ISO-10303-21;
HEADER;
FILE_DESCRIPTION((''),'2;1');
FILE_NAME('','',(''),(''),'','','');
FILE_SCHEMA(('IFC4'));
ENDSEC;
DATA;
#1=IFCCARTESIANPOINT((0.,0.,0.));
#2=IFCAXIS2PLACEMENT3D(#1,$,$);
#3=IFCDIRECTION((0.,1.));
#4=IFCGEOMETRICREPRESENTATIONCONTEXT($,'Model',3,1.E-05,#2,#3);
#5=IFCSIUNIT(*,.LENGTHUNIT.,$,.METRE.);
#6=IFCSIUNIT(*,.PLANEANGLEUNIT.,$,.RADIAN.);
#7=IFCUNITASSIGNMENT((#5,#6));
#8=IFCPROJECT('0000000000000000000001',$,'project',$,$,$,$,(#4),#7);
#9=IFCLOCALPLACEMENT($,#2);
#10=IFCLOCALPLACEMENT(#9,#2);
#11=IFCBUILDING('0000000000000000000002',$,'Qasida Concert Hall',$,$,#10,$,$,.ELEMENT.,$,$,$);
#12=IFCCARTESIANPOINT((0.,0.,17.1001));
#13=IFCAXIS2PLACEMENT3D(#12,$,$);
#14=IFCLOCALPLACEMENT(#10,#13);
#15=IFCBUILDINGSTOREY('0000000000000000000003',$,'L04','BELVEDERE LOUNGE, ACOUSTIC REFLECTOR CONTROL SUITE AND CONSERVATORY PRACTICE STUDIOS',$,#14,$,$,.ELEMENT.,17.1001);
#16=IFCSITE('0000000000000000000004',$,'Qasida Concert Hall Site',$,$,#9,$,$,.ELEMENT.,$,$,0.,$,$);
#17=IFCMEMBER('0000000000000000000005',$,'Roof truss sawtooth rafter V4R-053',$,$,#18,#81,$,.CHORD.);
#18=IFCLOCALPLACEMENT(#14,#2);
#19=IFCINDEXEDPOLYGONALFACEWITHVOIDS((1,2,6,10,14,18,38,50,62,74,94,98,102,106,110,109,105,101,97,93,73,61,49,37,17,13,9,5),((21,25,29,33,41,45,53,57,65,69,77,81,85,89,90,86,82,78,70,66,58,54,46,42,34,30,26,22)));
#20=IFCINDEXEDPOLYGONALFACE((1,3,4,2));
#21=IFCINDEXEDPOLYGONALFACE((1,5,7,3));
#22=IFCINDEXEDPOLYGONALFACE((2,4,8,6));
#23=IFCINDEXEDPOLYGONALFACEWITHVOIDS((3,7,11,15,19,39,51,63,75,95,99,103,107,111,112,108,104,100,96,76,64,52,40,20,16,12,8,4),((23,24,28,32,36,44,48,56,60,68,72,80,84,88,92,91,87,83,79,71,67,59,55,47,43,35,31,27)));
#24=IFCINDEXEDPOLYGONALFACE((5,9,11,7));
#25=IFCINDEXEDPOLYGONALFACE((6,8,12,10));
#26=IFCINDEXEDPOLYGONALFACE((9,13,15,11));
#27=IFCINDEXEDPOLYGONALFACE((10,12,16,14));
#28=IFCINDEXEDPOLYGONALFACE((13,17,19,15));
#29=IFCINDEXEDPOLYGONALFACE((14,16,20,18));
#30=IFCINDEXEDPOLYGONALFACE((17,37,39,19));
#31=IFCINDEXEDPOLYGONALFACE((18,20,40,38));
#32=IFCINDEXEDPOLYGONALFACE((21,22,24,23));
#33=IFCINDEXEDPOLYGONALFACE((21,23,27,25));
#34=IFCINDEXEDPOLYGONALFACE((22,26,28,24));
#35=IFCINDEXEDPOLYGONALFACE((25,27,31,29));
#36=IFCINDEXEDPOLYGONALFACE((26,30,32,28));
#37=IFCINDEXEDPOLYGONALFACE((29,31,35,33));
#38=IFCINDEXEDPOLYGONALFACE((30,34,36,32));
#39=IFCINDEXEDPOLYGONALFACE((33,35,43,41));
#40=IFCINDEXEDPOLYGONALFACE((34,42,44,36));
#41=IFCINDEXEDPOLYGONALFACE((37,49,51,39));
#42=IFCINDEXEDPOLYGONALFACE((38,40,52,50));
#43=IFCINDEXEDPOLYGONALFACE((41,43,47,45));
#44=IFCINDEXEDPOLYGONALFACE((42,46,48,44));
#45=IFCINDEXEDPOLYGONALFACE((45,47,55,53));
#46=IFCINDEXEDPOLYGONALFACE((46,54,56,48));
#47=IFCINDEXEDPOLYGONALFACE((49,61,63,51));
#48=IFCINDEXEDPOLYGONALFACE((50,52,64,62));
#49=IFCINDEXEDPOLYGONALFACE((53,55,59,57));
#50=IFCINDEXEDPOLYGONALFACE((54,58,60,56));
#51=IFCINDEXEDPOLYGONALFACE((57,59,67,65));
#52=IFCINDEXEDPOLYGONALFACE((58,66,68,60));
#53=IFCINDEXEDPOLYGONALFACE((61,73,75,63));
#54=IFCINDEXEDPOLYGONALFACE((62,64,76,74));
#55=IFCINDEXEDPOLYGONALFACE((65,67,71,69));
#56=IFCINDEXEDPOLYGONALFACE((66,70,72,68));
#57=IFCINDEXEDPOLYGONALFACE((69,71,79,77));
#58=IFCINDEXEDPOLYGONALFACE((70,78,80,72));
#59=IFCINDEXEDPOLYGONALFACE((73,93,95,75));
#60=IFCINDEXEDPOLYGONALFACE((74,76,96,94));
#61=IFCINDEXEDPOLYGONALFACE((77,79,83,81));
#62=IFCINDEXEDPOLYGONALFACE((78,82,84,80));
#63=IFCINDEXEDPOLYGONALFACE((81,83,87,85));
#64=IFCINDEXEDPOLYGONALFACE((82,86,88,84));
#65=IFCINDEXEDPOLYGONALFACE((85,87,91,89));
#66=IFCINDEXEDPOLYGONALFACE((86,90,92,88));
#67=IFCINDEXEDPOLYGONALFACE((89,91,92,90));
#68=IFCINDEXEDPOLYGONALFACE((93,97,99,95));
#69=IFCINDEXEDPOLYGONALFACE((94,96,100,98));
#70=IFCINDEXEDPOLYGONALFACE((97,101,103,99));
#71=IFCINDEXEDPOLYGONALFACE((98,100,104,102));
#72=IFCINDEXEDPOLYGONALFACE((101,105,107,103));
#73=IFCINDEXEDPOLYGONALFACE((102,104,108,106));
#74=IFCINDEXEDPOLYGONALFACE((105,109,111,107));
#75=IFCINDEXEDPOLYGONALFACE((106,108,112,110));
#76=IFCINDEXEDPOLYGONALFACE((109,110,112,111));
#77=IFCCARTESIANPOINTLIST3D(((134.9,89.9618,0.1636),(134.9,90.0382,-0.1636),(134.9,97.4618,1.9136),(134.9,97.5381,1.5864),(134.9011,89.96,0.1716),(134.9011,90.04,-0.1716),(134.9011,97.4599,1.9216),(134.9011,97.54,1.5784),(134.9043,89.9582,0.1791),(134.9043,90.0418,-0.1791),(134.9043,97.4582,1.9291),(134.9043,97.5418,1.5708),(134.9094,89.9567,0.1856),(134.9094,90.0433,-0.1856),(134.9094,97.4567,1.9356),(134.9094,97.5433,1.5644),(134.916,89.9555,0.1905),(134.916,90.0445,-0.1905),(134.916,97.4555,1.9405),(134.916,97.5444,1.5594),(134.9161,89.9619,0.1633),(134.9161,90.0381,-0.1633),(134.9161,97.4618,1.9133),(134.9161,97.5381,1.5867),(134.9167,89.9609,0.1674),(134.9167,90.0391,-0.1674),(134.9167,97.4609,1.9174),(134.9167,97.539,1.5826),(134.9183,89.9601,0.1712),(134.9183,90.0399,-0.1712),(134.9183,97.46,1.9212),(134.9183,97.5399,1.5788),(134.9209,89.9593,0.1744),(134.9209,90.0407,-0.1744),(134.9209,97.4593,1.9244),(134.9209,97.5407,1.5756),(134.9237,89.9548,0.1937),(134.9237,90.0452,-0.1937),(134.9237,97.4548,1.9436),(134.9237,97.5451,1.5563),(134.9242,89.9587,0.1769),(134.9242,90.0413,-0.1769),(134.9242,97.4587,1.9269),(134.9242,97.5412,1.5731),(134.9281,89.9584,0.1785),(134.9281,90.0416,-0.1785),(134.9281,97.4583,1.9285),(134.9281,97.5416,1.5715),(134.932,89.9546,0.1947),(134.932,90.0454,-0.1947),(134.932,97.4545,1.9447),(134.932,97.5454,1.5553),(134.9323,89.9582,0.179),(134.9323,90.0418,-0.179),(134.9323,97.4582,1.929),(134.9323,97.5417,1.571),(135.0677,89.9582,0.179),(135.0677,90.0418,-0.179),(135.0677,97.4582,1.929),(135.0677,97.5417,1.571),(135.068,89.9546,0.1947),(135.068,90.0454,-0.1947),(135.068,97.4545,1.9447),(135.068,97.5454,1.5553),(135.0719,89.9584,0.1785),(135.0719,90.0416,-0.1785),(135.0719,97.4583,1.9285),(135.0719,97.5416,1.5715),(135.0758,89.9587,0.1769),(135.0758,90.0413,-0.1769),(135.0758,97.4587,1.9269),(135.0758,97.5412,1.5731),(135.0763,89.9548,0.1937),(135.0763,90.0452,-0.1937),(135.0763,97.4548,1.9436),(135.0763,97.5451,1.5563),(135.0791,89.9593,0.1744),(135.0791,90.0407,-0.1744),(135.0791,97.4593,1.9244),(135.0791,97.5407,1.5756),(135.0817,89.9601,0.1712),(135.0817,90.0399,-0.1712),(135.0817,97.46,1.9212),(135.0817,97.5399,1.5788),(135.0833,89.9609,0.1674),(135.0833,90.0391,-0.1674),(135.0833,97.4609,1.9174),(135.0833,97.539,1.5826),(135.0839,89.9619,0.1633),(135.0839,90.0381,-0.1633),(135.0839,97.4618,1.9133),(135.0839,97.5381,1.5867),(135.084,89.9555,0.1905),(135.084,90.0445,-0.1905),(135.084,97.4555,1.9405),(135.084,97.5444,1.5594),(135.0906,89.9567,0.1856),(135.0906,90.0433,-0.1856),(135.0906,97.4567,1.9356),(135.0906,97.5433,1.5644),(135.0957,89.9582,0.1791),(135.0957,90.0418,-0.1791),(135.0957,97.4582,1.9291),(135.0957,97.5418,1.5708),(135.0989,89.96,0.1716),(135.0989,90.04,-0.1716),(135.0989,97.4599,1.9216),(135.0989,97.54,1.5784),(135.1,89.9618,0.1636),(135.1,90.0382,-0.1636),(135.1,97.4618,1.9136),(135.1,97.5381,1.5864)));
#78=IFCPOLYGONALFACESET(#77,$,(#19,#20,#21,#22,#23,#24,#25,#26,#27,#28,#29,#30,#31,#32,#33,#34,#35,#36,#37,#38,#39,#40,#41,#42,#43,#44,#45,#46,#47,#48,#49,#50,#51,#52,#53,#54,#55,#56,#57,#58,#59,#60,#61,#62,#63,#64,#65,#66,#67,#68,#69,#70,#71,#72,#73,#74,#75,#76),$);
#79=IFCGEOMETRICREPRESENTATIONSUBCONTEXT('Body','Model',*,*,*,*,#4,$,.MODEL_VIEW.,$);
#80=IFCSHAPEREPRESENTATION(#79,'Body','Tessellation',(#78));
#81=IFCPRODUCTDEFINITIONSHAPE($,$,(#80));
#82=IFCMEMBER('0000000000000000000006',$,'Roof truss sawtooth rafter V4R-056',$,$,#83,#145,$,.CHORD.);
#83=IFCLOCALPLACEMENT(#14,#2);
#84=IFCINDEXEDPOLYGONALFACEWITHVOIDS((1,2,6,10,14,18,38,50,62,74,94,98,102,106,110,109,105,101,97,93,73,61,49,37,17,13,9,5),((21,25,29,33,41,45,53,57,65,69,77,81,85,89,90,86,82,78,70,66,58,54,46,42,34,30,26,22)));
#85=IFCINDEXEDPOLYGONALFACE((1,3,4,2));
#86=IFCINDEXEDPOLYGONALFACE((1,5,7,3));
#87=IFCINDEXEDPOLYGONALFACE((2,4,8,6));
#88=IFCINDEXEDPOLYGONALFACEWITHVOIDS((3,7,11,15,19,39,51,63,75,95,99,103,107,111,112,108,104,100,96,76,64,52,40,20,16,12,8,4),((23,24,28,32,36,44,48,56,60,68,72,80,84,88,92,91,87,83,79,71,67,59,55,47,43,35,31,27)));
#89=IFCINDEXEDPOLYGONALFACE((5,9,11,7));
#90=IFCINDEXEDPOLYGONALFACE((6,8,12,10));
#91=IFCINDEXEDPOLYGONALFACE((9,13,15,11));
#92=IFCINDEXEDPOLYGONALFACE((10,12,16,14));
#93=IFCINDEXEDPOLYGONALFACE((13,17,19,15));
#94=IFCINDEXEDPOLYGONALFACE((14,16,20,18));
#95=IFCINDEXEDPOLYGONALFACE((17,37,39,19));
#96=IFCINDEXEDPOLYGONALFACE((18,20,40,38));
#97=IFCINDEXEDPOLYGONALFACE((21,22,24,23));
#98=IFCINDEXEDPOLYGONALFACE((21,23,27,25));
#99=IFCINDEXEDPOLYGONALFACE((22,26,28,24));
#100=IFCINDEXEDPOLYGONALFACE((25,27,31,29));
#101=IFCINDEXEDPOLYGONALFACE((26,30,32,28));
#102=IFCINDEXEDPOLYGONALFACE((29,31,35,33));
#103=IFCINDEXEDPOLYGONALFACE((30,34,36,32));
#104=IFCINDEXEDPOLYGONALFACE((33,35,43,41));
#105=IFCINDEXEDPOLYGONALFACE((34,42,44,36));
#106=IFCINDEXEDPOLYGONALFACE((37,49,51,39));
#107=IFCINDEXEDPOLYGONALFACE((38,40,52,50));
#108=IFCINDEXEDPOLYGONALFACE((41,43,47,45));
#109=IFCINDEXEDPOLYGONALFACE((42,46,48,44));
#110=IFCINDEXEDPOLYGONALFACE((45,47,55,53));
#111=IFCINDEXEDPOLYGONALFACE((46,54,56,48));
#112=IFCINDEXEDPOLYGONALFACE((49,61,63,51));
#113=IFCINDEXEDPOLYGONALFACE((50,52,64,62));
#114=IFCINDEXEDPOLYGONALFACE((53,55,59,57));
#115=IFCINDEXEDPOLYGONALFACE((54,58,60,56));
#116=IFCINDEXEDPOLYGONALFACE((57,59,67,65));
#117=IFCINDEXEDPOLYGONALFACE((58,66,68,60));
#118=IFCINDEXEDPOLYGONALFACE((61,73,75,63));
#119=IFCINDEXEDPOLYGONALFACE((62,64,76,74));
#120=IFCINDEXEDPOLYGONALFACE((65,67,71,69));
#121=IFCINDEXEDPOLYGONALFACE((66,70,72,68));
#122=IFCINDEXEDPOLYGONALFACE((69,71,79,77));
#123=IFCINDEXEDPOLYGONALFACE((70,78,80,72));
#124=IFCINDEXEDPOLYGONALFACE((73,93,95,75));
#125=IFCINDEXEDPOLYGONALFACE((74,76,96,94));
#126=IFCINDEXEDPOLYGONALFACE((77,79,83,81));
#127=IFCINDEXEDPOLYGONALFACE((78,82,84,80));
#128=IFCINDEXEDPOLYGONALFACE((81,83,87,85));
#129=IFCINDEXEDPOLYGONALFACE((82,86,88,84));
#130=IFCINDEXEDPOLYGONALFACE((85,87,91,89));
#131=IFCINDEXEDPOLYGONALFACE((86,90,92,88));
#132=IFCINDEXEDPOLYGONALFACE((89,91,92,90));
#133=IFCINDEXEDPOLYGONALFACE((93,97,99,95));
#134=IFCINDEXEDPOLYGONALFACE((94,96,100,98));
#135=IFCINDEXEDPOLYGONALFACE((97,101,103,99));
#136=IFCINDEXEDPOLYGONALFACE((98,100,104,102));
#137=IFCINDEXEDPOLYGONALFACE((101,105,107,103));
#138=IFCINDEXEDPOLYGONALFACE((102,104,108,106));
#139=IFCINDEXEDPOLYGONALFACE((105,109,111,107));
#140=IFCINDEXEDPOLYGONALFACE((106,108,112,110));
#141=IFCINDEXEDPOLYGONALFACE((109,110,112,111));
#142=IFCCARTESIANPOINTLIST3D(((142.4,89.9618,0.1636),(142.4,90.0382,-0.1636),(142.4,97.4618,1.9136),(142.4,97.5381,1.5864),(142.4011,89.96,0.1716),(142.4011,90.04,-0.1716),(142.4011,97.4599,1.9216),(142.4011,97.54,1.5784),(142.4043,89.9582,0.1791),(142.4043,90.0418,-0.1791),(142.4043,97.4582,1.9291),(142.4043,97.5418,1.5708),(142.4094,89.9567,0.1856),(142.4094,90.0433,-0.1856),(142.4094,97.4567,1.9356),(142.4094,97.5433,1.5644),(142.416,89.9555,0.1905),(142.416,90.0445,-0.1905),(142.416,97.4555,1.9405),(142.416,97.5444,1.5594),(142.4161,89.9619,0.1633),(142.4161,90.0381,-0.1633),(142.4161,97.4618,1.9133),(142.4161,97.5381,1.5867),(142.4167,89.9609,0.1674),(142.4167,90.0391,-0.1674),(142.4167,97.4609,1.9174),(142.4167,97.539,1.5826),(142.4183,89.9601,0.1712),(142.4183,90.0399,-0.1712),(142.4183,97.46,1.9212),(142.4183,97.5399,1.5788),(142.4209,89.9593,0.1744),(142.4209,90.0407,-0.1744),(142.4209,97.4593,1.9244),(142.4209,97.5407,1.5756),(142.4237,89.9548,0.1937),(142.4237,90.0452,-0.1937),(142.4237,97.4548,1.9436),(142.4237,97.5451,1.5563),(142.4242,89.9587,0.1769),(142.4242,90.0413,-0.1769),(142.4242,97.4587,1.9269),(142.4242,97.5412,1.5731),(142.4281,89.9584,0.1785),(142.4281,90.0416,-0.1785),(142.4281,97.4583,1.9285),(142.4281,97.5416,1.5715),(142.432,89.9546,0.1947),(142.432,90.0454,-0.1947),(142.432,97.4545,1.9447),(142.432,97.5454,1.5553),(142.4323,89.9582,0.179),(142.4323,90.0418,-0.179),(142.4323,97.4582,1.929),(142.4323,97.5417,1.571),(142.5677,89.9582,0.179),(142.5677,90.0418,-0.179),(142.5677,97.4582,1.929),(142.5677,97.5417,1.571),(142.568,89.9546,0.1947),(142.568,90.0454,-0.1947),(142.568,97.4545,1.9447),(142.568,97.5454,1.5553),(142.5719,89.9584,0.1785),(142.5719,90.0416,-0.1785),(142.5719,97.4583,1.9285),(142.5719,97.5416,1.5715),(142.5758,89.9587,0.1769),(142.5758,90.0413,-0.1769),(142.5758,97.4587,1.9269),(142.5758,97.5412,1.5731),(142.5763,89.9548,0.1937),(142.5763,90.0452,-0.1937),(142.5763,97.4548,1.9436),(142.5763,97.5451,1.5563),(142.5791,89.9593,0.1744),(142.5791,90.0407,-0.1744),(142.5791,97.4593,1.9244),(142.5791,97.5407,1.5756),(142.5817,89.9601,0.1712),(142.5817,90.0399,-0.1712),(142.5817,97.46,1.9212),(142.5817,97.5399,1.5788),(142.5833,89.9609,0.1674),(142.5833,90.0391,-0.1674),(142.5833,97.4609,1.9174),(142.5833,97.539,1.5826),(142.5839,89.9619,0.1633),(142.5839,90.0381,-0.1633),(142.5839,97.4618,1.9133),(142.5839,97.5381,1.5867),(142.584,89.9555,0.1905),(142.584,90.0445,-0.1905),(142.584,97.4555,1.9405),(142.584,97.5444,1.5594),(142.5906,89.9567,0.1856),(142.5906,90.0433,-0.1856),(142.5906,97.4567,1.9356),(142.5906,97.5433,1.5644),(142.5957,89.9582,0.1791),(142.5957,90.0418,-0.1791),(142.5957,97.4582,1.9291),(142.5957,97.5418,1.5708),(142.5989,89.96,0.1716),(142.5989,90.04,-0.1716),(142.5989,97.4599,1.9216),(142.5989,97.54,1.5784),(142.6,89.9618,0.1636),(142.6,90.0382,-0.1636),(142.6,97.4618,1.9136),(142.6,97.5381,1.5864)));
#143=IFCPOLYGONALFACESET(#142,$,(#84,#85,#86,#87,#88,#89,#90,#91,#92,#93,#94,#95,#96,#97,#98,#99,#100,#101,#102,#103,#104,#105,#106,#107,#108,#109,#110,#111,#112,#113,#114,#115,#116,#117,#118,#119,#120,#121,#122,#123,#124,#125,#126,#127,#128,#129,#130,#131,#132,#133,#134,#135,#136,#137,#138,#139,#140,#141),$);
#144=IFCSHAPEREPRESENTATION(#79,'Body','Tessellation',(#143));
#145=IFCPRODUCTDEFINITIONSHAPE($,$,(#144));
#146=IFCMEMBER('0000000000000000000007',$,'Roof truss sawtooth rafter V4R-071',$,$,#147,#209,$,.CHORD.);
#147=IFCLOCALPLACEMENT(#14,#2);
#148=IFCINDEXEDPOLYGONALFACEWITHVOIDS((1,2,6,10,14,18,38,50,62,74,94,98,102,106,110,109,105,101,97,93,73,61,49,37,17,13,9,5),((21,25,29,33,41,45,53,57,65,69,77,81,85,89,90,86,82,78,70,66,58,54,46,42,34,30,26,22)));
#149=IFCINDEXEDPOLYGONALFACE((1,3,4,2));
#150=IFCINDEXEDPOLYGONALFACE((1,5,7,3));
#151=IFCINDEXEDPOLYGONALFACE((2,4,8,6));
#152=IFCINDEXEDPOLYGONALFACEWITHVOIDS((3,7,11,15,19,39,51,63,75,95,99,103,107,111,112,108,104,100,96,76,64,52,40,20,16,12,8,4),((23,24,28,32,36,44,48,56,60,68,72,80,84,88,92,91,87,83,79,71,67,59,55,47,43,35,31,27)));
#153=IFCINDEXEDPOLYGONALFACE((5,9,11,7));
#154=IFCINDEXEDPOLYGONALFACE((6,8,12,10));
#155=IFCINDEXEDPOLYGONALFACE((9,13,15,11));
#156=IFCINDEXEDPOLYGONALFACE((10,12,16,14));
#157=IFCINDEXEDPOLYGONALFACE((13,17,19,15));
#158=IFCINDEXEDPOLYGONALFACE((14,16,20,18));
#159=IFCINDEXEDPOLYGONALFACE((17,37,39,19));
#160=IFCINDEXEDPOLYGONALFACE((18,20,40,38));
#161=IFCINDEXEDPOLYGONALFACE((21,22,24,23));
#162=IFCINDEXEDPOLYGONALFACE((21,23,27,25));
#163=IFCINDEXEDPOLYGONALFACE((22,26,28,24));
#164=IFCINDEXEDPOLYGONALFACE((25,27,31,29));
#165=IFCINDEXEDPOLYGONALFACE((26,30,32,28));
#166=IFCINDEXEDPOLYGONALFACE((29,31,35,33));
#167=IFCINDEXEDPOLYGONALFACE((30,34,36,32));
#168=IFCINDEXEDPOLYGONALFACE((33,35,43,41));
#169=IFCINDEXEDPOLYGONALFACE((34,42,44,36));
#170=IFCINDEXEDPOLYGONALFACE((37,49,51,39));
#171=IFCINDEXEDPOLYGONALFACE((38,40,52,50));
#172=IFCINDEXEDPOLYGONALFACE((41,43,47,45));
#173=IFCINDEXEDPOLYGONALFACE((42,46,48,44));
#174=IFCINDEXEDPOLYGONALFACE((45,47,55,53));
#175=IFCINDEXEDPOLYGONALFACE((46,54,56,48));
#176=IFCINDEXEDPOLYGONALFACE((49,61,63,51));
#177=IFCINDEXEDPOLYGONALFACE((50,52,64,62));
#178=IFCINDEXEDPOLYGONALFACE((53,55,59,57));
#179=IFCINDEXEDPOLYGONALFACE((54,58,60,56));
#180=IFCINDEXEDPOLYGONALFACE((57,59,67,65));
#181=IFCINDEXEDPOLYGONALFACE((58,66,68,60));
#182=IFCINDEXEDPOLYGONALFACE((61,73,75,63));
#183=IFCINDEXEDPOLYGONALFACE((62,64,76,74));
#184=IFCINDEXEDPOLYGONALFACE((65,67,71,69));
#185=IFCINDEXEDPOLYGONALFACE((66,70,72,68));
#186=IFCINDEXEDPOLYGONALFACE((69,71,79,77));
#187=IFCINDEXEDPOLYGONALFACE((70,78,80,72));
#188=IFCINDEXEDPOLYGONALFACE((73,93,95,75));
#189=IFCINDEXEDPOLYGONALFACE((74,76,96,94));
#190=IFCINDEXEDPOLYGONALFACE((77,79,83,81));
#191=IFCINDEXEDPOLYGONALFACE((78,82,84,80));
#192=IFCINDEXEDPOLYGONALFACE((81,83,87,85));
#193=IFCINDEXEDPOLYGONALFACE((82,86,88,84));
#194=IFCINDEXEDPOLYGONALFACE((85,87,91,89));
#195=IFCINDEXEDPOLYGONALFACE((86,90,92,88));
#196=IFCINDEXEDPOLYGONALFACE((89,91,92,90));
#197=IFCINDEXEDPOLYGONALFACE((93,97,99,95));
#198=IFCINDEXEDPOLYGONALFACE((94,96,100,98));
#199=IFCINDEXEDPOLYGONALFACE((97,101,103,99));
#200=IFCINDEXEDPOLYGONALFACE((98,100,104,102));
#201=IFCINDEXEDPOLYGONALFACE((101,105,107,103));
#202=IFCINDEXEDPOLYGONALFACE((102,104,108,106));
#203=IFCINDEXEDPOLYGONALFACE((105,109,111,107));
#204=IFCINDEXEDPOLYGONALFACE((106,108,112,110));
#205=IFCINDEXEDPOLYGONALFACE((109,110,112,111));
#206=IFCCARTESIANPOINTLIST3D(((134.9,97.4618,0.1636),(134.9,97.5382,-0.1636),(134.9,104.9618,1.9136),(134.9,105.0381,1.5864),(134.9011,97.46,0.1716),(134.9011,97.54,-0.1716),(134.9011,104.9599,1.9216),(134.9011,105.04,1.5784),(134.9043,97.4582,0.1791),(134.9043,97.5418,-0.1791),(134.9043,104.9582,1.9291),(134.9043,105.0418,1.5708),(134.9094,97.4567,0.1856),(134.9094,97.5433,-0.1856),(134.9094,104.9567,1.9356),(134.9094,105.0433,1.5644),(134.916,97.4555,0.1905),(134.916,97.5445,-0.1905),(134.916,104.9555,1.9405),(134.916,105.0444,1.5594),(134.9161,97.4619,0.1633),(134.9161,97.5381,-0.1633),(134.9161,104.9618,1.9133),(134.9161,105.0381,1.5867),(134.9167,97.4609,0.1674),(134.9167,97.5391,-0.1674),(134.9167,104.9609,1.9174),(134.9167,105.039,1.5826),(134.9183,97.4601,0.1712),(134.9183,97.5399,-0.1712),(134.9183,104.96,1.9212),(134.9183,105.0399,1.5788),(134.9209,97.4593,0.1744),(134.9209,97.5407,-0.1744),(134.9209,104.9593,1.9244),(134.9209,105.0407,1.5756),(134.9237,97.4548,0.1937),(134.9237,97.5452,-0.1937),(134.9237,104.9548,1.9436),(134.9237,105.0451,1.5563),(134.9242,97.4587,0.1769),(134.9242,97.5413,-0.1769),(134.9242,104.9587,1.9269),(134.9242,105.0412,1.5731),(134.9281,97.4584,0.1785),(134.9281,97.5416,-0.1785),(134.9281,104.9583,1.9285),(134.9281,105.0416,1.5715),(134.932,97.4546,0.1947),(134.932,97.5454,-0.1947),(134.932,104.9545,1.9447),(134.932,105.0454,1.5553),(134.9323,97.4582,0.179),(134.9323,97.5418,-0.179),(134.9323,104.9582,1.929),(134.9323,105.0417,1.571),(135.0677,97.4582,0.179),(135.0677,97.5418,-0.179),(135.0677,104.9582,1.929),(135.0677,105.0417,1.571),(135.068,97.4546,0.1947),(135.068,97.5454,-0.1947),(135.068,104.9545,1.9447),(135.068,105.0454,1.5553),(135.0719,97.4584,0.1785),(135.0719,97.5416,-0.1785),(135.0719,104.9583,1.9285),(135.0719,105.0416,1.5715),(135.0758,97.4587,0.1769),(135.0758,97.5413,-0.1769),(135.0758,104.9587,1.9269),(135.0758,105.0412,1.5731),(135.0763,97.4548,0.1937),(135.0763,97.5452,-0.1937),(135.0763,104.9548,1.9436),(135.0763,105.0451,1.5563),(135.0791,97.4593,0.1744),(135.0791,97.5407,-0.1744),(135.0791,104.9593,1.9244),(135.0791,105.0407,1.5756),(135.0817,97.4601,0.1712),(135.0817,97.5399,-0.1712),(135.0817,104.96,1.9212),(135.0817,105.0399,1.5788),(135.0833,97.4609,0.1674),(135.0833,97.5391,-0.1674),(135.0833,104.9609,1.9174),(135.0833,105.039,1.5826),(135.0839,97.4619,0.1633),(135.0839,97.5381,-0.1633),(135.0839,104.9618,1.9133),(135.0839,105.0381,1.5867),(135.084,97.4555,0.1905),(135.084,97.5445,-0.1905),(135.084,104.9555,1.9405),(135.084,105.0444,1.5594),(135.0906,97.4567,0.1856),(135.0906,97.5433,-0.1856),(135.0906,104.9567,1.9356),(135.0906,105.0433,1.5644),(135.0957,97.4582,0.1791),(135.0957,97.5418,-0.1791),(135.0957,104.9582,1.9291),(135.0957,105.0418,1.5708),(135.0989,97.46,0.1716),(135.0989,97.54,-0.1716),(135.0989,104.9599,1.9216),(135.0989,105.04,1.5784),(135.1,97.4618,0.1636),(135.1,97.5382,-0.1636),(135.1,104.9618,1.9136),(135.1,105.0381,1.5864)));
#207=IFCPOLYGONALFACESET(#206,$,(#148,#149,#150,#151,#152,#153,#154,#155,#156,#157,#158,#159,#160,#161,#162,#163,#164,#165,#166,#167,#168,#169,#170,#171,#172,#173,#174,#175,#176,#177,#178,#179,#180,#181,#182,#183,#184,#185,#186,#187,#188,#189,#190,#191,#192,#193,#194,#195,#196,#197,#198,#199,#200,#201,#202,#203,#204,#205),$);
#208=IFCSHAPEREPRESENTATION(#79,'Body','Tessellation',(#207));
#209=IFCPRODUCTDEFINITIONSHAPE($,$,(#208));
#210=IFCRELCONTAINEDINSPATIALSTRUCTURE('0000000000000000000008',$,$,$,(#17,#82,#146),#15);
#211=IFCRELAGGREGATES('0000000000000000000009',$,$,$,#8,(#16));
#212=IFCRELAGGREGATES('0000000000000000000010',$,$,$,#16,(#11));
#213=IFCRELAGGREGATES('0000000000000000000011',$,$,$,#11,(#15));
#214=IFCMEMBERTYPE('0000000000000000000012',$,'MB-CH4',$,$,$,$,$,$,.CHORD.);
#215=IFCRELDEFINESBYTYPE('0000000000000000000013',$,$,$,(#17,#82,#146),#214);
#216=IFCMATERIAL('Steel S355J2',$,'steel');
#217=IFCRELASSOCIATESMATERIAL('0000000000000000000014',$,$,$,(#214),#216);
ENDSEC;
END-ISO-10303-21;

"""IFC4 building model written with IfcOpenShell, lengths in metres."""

from ifc_helpers import new_model, si_unit, direction, frame, origin, origin_2d, place, context, subcontext, project, spatial, hollow_rectangle, extrude, material, material_profile, profile_set, type_object, element, save


model = new_model("IFC4")

# Units and contexts
model_context = context("Model", 3, precision=1e-05, world=origin(), true_north=direction((0.0, 1.0)))
body_context = subcontext(model_context, "Body", "Model", "MODEL_VIEW")
ifc_project = project(units=[si_unit("LENGTHUNIT", "METRE"), si_unit("PLANEANGLEUNIT", "RADIAN")], contexts=[model_context])

# Site, building, storey
site_placement = place(None, origin())
site = spatial("IfcSite", under=ifc_project, at=site_placement, Name="Qasida Concert Hall Site", CompositionType="ELEMENT", RefElevation=0.0)
building_placement = place(site_placement, origin())
building = spatial("IfcBuilding", under=site, at=building_placement, Name="Qasida Concert Hall", CompositionType="ELEMENT")
storey_placement = place(building_placement, frame((0.0, 0.0, 17.1001)))
storey = spatial("IfcBuildingStorey", under=building, at=storey_placement, Name="L04", Description="BELVEDERE LOUNGE, ACOUSTIC REFLECTOR CONTROL SUITE AND CONSERVATORY PRACTICE STUDIOS", CompositionType="ELEMENT", Elevation=17.1001)

# Members
ifc_material = material(Name="Steel S355J2", Category="steel")
ifc_material_profile_1 = material_profile(ifc_material, hollow_rectangle(XDim=0.2, YDim=0.3999, WallThickness=0.0161, InnerFilletRadius=0.0161, OuterFilletRadius=0.032, at=origin_2d()), Name="RHS 400x200x16")
ifc_profile_set_1 = profile_set([ifc_material_profile_1], Name="Steel S355J2")
member_type_1 = type_object("IfcMemberType", Name="MB-CH4", PredefinedType="CHORD", material=ifc_profile_set_1)
for number, where, z_axis, x_axis, name in (
    (1, (135.0, 90.0, 0.0), (0.0, 0.973841, 0.22723), (-1.0, 0.0, 0.0), "Roof truss sawtooth rafter V4R-053"),
    (2, (142.5, 90.0, 0.0), (0.0, 0.973841, 0.22723), (-1.0, 0.0, 0.0), "Roof truss sawtooth rafter V4R-056"),
    (3, (135.0, 97.5, 0.0), (0.0, 0.973841, 0.22723), (-1.0, 0.0, 0.0), "Roof truss sawtooth rafter V4R-071"),
):
    element("IfcMember", number, at=place(storey_placement, frame(where, z_axis=z_axis, x_axis=x_axis)), inside=storey, type_object=member_type_1, Name=name, PredefinedType="CHORD", context=body_context, shape_type="SweptSolid", body=[
        extrude(hollow_rectangle(XDim=0.2, YDim=0.3999, WallThickness=0.0161, InnerFilletRadius=0.0161, OuterFilletRadius=0.032, at=origin_2d()), origin(), (0.0, 0.0, 1.0), 7.7014),
    ])

save(model, "model.ifc")
